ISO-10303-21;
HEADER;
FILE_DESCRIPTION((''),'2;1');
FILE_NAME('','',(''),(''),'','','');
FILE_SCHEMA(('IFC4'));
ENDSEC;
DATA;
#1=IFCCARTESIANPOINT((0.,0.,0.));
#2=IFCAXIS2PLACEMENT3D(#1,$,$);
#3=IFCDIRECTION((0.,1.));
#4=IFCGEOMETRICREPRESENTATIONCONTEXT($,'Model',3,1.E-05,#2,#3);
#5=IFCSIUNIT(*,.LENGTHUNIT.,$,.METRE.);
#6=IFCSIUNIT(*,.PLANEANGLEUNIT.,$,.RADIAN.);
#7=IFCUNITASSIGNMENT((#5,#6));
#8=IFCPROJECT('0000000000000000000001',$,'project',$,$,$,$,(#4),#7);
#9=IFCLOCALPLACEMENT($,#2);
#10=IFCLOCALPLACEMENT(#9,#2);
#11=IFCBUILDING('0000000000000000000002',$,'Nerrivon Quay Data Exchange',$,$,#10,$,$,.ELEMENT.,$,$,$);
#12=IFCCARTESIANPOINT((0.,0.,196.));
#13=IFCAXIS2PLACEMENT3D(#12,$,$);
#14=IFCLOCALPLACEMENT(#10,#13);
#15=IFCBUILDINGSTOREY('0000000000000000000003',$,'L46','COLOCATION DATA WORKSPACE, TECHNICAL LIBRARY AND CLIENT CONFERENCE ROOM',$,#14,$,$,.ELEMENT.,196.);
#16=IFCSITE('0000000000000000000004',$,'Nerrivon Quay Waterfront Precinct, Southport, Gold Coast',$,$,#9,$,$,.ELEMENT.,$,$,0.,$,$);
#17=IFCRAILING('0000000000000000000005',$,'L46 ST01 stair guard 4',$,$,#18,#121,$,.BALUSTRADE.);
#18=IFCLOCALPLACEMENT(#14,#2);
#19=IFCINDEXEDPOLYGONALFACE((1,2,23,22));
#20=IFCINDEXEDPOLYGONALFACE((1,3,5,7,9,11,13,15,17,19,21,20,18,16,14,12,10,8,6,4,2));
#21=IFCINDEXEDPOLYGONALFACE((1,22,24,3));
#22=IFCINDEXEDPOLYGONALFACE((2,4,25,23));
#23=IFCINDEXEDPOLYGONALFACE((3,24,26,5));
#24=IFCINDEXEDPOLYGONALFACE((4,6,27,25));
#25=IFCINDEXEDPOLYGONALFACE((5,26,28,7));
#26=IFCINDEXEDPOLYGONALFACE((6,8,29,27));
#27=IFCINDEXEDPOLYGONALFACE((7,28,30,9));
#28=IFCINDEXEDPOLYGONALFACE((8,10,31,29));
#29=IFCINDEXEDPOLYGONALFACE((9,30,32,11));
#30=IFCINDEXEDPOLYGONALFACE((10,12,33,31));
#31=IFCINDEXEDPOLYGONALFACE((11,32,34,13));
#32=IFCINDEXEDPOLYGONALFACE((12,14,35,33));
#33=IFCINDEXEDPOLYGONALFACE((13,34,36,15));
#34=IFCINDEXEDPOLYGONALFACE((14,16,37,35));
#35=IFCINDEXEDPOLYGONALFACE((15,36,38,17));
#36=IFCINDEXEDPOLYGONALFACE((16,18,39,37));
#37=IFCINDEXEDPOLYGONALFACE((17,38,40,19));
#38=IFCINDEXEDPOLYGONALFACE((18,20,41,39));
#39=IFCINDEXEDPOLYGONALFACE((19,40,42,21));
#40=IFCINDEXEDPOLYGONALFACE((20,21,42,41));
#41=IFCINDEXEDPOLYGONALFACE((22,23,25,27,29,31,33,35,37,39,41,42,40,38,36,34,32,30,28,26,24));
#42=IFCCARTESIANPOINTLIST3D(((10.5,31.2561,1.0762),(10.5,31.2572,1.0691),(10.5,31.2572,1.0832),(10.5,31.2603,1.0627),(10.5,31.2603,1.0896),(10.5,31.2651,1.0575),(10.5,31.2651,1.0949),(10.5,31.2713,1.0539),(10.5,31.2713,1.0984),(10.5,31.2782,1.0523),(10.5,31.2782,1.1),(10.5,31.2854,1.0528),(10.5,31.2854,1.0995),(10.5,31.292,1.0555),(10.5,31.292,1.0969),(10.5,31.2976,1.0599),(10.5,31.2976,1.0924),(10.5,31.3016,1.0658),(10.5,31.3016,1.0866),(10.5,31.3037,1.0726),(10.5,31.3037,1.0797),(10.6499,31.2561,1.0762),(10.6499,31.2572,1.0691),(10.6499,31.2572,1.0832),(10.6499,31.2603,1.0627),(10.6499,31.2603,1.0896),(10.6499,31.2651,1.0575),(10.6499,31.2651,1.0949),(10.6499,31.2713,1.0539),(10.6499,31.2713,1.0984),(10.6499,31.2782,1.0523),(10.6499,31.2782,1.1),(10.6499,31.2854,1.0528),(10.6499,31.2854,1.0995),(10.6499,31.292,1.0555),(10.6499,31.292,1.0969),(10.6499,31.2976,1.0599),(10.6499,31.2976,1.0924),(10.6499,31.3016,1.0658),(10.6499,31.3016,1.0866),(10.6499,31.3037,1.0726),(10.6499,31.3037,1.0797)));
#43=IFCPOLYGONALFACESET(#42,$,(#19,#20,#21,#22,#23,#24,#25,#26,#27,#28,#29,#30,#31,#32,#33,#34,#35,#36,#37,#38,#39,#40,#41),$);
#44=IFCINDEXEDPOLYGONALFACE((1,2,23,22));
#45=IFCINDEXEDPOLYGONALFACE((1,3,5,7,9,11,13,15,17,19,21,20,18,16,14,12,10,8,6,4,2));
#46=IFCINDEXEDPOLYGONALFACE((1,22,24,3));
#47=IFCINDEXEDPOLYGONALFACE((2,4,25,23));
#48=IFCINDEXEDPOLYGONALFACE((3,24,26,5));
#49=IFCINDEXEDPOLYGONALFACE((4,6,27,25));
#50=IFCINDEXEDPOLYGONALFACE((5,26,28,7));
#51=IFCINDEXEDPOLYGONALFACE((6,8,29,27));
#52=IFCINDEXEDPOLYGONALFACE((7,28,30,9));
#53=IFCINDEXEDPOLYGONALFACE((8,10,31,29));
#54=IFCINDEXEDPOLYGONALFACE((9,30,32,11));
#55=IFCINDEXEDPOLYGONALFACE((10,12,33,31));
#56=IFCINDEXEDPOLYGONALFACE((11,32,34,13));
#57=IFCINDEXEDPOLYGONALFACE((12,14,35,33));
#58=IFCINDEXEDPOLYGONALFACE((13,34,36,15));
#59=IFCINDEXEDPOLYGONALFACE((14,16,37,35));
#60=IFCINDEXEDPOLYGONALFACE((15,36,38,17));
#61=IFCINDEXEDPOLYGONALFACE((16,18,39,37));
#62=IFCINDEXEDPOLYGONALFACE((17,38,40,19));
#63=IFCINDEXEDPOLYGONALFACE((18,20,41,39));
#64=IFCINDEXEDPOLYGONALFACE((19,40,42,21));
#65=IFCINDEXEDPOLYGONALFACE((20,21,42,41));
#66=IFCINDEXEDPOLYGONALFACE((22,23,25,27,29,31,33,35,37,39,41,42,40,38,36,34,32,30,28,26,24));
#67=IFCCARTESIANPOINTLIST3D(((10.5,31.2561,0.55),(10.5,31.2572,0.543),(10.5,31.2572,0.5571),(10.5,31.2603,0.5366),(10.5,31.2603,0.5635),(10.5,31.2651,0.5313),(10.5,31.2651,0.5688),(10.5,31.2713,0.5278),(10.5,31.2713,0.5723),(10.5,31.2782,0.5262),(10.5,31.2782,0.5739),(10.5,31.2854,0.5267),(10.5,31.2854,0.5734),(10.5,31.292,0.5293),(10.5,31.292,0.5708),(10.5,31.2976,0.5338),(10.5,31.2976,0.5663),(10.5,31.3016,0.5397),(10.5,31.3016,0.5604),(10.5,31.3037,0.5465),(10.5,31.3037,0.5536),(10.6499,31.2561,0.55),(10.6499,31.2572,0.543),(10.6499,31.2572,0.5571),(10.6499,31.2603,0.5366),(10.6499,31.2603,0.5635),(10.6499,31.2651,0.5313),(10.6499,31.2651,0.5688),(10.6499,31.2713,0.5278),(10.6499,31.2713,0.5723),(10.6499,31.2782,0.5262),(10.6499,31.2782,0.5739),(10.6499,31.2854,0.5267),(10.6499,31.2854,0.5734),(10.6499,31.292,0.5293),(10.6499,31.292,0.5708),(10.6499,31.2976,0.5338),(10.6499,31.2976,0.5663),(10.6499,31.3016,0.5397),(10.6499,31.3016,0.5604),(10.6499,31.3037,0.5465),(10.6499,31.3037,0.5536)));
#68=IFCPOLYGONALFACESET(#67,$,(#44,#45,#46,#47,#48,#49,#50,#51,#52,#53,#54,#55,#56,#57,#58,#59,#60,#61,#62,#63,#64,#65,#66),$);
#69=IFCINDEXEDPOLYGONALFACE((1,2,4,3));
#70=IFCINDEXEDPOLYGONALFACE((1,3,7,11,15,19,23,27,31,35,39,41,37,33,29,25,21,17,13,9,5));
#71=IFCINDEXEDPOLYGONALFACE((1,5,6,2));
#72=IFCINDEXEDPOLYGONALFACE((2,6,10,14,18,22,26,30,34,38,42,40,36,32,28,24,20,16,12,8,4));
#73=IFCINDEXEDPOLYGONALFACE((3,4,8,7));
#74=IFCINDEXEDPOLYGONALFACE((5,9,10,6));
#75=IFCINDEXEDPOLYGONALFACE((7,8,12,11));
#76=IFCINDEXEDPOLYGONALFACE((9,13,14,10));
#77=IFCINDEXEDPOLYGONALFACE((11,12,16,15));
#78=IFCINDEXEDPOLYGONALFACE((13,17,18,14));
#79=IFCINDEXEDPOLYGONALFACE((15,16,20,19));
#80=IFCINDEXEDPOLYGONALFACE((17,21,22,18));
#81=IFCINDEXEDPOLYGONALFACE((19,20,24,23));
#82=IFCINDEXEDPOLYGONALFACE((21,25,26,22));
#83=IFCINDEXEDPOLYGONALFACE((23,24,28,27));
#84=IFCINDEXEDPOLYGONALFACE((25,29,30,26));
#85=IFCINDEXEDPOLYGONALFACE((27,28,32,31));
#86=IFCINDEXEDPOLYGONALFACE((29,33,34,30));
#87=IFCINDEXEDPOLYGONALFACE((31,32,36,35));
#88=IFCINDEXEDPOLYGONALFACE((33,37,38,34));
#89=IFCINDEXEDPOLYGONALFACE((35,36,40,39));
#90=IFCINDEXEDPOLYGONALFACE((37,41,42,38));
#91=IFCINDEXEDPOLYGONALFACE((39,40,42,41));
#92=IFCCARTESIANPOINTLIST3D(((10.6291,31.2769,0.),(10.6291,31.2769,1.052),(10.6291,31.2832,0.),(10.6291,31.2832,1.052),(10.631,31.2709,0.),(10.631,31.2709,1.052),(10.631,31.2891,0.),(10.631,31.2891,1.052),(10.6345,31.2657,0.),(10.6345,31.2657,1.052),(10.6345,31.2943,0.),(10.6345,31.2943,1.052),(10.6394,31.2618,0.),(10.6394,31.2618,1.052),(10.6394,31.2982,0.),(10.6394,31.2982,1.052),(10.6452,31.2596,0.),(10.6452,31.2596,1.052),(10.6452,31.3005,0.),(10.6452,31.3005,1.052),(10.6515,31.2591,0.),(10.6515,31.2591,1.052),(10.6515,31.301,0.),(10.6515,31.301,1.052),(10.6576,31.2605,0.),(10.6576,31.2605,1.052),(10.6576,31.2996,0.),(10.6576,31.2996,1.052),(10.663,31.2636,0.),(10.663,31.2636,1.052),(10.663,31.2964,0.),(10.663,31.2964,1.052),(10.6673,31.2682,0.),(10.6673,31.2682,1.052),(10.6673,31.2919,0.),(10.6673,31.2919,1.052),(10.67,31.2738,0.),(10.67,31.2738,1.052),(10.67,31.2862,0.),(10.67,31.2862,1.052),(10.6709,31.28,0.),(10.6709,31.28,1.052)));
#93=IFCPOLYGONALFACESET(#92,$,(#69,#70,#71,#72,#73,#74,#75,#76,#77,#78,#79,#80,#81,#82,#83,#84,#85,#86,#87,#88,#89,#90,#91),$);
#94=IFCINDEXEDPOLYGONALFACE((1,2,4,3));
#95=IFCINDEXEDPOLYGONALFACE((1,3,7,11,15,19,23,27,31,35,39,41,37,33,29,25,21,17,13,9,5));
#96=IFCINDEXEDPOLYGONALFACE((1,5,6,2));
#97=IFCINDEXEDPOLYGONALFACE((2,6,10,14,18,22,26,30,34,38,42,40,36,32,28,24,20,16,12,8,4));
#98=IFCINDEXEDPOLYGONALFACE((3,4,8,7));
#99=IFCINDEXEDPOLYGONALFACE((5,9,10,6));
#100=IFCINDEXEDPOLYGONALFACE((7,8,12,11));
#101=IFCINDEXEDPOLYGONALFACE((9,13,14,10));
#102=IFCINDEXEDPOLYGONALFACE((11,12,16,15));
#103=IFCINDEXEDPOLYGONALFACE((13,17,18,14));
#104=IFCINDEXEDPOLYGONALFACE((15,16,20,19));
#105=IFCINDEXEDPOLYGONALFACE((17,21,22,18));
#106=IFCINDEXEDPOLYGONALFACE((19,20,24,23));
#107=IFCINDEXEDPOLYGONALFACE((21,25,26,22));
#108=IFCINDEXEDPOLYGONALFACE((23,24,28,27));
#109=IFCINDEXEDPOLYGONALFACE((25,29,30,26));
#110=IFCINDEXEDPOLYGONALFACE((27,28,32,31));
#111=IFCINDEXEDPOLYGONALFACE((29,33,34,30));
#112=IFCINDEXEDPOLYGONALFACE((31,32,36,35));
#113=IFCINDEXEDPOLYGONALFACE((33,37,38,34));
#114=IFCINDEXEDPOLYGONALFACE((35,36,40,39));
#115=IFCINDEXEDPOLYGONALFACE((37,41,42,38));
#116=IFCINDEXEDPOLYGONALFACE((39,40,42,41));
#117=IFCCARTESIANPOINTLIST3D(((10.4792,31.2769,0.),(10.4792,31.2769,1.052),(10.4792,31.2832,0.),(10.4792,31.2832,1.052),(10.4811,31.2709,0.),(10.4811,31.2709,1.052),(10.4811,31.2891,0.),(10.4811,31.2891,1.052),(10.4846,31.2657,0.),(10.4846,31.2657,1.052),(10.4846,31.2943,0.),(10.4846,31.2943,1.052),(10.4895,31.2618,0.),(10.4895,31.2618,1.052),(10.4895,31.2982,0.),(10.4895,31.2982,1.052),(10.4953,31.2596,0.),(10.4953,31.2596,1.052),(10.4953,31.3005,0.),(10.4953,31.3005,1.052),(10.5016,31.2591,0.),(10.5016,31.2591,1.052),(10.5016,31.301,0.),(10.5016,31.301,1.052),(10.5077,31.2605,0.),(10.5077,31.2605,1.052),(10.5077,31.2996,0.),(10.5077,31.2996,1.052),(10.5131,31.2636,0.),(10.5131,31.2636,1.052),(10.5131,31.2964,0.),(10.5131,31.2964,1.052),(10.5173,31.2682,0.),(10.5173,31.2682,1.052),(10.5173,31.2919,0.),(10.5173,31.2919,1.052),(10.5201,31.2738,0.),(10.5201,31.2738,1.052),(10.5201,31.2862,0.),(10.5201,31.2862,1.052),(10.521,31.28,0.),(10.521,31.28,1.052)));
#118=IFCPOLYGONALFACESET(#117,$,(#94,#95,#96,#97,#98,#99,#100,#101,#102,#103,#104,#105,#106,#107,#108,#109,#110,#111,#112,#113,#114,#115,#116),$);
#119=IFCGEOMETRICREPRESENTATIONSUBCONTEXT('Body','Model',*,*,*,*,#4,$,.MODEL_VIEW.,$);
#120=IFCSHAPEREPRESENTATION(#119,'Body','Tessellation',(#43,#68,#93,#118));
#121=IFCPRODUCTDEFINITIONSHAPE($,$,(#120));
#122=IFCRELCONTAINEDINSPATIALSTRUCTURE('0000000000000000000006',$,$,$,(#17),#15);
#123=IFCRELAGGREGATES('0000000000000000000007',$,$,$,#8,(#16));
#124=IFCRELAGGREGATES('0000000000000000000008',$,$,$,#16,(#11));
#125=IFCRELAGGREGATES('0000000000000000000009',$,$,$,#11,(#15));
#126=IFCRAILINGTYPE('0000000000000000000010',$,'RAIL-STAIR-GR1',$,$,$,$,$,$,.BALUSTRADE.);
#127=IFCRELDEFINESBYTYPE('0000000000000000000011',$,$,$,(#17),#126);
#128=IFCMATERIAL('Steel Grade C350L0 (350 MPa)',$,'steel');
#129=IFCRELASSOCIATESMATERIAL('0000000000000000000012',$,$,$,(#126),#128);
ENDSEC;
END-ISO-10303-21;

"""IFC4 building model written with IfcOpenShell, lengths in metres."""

from ifc_helpers import new_model, si_unit, direction, frame, origin, origin_2d, place, context, subcontext, project, spatial, circle, extrude, material, type_object, element, save


model = new_model("IFC4")

# Units and contexts
model_context = context("Model", 3, precision=1e-05, world=origin(), true_north=direction((0.0, 1.0)))
body_context = subcontext(model_context, "Body", "Model", "MODEL_VIEW")
ifc_project = project(units=[si_unit("LENGTHUNIT", "METRE"), si_unit("PLANEANGLEUNIT", "RADIAN")], contexts=[model_context])

# Site, building, storey
site_placement = place(None, origin())
site = spatial("IfcSite", under=ifc_project, at=site_placement, Name="Nerrivon Quay Waterfront Precinct, Southport, Gold Coast", CompositionType="ELEMENT", RefElevation=0.0)
building_placement = place(site_placement, origin())
building = spatial("IfcBuilding", under=site, at=building_placement, Name="Nerrivon Quay Data Exchange", CompositionType="ELEMENT")
storey_placement = place(building_placement, frame((0.0, 0.0, 196.0)))
storey = spatial("IfcBuildingStorey", under=building, at=storey_placement, Name="L46", Description="COLOCATION DATA WORKSPACE, TECHNICAL LIBRARY AND CLIENT CONFERENCE ROOM", CompositionType="ELEMENT", Elevation=196.0)

# Railing
ifc_material_1 = material(Name="Steel Grade C350L0 (350 MPa)", Category="steel")
railing_type_1 = type_object("IfcRailingType", Name="RAIL-STAIR-GR1", PredefinedType="BALUSTRADE", material=ifc_material_1)
railing_1_placement = place(storey_placement, frame((10.6499, 31.28, 0.0)))
element("IfcRailing", 1, at=railing_1_placement, inside=storey, type_object=railing_type_1, Name="L46 ST01 stair guard 4", PredefinedType="BALUSTRADE", context=body_context, shape_type="SweptSolid", body=[
    extrude(circle(Radius=0.0239, at=origin_2d()), frame((0.0, 0.0, 1.0762), z_axis=(-1.0, 0.0, 0.0), x_axis=(0.0, -1.0, 0.0)), (0.0, 0.0, 1.0), 0.1499),
    extrude(circle(Radius=0.0239, at=origin_2d()), frame((0.0, 0.0, 0.55), z_axis=(-1.0, 0.0, 0.0), x_axis=(0.0, -1.0, 0.0)), (0.0, 0.0, 1.0), 0.1499),
    extrude(circle(Radius=0.021, at=origin_2d()), origin(), (0.0, 0.0, 1.0), 1.052),
    extrude(circle(Radius=0.021, at=origin_2d()), frame((-0.1499, 0.0, 0.0)), (0.0, 0.0, 1.0), 1.052),
])

save(model, "model.ifc")
